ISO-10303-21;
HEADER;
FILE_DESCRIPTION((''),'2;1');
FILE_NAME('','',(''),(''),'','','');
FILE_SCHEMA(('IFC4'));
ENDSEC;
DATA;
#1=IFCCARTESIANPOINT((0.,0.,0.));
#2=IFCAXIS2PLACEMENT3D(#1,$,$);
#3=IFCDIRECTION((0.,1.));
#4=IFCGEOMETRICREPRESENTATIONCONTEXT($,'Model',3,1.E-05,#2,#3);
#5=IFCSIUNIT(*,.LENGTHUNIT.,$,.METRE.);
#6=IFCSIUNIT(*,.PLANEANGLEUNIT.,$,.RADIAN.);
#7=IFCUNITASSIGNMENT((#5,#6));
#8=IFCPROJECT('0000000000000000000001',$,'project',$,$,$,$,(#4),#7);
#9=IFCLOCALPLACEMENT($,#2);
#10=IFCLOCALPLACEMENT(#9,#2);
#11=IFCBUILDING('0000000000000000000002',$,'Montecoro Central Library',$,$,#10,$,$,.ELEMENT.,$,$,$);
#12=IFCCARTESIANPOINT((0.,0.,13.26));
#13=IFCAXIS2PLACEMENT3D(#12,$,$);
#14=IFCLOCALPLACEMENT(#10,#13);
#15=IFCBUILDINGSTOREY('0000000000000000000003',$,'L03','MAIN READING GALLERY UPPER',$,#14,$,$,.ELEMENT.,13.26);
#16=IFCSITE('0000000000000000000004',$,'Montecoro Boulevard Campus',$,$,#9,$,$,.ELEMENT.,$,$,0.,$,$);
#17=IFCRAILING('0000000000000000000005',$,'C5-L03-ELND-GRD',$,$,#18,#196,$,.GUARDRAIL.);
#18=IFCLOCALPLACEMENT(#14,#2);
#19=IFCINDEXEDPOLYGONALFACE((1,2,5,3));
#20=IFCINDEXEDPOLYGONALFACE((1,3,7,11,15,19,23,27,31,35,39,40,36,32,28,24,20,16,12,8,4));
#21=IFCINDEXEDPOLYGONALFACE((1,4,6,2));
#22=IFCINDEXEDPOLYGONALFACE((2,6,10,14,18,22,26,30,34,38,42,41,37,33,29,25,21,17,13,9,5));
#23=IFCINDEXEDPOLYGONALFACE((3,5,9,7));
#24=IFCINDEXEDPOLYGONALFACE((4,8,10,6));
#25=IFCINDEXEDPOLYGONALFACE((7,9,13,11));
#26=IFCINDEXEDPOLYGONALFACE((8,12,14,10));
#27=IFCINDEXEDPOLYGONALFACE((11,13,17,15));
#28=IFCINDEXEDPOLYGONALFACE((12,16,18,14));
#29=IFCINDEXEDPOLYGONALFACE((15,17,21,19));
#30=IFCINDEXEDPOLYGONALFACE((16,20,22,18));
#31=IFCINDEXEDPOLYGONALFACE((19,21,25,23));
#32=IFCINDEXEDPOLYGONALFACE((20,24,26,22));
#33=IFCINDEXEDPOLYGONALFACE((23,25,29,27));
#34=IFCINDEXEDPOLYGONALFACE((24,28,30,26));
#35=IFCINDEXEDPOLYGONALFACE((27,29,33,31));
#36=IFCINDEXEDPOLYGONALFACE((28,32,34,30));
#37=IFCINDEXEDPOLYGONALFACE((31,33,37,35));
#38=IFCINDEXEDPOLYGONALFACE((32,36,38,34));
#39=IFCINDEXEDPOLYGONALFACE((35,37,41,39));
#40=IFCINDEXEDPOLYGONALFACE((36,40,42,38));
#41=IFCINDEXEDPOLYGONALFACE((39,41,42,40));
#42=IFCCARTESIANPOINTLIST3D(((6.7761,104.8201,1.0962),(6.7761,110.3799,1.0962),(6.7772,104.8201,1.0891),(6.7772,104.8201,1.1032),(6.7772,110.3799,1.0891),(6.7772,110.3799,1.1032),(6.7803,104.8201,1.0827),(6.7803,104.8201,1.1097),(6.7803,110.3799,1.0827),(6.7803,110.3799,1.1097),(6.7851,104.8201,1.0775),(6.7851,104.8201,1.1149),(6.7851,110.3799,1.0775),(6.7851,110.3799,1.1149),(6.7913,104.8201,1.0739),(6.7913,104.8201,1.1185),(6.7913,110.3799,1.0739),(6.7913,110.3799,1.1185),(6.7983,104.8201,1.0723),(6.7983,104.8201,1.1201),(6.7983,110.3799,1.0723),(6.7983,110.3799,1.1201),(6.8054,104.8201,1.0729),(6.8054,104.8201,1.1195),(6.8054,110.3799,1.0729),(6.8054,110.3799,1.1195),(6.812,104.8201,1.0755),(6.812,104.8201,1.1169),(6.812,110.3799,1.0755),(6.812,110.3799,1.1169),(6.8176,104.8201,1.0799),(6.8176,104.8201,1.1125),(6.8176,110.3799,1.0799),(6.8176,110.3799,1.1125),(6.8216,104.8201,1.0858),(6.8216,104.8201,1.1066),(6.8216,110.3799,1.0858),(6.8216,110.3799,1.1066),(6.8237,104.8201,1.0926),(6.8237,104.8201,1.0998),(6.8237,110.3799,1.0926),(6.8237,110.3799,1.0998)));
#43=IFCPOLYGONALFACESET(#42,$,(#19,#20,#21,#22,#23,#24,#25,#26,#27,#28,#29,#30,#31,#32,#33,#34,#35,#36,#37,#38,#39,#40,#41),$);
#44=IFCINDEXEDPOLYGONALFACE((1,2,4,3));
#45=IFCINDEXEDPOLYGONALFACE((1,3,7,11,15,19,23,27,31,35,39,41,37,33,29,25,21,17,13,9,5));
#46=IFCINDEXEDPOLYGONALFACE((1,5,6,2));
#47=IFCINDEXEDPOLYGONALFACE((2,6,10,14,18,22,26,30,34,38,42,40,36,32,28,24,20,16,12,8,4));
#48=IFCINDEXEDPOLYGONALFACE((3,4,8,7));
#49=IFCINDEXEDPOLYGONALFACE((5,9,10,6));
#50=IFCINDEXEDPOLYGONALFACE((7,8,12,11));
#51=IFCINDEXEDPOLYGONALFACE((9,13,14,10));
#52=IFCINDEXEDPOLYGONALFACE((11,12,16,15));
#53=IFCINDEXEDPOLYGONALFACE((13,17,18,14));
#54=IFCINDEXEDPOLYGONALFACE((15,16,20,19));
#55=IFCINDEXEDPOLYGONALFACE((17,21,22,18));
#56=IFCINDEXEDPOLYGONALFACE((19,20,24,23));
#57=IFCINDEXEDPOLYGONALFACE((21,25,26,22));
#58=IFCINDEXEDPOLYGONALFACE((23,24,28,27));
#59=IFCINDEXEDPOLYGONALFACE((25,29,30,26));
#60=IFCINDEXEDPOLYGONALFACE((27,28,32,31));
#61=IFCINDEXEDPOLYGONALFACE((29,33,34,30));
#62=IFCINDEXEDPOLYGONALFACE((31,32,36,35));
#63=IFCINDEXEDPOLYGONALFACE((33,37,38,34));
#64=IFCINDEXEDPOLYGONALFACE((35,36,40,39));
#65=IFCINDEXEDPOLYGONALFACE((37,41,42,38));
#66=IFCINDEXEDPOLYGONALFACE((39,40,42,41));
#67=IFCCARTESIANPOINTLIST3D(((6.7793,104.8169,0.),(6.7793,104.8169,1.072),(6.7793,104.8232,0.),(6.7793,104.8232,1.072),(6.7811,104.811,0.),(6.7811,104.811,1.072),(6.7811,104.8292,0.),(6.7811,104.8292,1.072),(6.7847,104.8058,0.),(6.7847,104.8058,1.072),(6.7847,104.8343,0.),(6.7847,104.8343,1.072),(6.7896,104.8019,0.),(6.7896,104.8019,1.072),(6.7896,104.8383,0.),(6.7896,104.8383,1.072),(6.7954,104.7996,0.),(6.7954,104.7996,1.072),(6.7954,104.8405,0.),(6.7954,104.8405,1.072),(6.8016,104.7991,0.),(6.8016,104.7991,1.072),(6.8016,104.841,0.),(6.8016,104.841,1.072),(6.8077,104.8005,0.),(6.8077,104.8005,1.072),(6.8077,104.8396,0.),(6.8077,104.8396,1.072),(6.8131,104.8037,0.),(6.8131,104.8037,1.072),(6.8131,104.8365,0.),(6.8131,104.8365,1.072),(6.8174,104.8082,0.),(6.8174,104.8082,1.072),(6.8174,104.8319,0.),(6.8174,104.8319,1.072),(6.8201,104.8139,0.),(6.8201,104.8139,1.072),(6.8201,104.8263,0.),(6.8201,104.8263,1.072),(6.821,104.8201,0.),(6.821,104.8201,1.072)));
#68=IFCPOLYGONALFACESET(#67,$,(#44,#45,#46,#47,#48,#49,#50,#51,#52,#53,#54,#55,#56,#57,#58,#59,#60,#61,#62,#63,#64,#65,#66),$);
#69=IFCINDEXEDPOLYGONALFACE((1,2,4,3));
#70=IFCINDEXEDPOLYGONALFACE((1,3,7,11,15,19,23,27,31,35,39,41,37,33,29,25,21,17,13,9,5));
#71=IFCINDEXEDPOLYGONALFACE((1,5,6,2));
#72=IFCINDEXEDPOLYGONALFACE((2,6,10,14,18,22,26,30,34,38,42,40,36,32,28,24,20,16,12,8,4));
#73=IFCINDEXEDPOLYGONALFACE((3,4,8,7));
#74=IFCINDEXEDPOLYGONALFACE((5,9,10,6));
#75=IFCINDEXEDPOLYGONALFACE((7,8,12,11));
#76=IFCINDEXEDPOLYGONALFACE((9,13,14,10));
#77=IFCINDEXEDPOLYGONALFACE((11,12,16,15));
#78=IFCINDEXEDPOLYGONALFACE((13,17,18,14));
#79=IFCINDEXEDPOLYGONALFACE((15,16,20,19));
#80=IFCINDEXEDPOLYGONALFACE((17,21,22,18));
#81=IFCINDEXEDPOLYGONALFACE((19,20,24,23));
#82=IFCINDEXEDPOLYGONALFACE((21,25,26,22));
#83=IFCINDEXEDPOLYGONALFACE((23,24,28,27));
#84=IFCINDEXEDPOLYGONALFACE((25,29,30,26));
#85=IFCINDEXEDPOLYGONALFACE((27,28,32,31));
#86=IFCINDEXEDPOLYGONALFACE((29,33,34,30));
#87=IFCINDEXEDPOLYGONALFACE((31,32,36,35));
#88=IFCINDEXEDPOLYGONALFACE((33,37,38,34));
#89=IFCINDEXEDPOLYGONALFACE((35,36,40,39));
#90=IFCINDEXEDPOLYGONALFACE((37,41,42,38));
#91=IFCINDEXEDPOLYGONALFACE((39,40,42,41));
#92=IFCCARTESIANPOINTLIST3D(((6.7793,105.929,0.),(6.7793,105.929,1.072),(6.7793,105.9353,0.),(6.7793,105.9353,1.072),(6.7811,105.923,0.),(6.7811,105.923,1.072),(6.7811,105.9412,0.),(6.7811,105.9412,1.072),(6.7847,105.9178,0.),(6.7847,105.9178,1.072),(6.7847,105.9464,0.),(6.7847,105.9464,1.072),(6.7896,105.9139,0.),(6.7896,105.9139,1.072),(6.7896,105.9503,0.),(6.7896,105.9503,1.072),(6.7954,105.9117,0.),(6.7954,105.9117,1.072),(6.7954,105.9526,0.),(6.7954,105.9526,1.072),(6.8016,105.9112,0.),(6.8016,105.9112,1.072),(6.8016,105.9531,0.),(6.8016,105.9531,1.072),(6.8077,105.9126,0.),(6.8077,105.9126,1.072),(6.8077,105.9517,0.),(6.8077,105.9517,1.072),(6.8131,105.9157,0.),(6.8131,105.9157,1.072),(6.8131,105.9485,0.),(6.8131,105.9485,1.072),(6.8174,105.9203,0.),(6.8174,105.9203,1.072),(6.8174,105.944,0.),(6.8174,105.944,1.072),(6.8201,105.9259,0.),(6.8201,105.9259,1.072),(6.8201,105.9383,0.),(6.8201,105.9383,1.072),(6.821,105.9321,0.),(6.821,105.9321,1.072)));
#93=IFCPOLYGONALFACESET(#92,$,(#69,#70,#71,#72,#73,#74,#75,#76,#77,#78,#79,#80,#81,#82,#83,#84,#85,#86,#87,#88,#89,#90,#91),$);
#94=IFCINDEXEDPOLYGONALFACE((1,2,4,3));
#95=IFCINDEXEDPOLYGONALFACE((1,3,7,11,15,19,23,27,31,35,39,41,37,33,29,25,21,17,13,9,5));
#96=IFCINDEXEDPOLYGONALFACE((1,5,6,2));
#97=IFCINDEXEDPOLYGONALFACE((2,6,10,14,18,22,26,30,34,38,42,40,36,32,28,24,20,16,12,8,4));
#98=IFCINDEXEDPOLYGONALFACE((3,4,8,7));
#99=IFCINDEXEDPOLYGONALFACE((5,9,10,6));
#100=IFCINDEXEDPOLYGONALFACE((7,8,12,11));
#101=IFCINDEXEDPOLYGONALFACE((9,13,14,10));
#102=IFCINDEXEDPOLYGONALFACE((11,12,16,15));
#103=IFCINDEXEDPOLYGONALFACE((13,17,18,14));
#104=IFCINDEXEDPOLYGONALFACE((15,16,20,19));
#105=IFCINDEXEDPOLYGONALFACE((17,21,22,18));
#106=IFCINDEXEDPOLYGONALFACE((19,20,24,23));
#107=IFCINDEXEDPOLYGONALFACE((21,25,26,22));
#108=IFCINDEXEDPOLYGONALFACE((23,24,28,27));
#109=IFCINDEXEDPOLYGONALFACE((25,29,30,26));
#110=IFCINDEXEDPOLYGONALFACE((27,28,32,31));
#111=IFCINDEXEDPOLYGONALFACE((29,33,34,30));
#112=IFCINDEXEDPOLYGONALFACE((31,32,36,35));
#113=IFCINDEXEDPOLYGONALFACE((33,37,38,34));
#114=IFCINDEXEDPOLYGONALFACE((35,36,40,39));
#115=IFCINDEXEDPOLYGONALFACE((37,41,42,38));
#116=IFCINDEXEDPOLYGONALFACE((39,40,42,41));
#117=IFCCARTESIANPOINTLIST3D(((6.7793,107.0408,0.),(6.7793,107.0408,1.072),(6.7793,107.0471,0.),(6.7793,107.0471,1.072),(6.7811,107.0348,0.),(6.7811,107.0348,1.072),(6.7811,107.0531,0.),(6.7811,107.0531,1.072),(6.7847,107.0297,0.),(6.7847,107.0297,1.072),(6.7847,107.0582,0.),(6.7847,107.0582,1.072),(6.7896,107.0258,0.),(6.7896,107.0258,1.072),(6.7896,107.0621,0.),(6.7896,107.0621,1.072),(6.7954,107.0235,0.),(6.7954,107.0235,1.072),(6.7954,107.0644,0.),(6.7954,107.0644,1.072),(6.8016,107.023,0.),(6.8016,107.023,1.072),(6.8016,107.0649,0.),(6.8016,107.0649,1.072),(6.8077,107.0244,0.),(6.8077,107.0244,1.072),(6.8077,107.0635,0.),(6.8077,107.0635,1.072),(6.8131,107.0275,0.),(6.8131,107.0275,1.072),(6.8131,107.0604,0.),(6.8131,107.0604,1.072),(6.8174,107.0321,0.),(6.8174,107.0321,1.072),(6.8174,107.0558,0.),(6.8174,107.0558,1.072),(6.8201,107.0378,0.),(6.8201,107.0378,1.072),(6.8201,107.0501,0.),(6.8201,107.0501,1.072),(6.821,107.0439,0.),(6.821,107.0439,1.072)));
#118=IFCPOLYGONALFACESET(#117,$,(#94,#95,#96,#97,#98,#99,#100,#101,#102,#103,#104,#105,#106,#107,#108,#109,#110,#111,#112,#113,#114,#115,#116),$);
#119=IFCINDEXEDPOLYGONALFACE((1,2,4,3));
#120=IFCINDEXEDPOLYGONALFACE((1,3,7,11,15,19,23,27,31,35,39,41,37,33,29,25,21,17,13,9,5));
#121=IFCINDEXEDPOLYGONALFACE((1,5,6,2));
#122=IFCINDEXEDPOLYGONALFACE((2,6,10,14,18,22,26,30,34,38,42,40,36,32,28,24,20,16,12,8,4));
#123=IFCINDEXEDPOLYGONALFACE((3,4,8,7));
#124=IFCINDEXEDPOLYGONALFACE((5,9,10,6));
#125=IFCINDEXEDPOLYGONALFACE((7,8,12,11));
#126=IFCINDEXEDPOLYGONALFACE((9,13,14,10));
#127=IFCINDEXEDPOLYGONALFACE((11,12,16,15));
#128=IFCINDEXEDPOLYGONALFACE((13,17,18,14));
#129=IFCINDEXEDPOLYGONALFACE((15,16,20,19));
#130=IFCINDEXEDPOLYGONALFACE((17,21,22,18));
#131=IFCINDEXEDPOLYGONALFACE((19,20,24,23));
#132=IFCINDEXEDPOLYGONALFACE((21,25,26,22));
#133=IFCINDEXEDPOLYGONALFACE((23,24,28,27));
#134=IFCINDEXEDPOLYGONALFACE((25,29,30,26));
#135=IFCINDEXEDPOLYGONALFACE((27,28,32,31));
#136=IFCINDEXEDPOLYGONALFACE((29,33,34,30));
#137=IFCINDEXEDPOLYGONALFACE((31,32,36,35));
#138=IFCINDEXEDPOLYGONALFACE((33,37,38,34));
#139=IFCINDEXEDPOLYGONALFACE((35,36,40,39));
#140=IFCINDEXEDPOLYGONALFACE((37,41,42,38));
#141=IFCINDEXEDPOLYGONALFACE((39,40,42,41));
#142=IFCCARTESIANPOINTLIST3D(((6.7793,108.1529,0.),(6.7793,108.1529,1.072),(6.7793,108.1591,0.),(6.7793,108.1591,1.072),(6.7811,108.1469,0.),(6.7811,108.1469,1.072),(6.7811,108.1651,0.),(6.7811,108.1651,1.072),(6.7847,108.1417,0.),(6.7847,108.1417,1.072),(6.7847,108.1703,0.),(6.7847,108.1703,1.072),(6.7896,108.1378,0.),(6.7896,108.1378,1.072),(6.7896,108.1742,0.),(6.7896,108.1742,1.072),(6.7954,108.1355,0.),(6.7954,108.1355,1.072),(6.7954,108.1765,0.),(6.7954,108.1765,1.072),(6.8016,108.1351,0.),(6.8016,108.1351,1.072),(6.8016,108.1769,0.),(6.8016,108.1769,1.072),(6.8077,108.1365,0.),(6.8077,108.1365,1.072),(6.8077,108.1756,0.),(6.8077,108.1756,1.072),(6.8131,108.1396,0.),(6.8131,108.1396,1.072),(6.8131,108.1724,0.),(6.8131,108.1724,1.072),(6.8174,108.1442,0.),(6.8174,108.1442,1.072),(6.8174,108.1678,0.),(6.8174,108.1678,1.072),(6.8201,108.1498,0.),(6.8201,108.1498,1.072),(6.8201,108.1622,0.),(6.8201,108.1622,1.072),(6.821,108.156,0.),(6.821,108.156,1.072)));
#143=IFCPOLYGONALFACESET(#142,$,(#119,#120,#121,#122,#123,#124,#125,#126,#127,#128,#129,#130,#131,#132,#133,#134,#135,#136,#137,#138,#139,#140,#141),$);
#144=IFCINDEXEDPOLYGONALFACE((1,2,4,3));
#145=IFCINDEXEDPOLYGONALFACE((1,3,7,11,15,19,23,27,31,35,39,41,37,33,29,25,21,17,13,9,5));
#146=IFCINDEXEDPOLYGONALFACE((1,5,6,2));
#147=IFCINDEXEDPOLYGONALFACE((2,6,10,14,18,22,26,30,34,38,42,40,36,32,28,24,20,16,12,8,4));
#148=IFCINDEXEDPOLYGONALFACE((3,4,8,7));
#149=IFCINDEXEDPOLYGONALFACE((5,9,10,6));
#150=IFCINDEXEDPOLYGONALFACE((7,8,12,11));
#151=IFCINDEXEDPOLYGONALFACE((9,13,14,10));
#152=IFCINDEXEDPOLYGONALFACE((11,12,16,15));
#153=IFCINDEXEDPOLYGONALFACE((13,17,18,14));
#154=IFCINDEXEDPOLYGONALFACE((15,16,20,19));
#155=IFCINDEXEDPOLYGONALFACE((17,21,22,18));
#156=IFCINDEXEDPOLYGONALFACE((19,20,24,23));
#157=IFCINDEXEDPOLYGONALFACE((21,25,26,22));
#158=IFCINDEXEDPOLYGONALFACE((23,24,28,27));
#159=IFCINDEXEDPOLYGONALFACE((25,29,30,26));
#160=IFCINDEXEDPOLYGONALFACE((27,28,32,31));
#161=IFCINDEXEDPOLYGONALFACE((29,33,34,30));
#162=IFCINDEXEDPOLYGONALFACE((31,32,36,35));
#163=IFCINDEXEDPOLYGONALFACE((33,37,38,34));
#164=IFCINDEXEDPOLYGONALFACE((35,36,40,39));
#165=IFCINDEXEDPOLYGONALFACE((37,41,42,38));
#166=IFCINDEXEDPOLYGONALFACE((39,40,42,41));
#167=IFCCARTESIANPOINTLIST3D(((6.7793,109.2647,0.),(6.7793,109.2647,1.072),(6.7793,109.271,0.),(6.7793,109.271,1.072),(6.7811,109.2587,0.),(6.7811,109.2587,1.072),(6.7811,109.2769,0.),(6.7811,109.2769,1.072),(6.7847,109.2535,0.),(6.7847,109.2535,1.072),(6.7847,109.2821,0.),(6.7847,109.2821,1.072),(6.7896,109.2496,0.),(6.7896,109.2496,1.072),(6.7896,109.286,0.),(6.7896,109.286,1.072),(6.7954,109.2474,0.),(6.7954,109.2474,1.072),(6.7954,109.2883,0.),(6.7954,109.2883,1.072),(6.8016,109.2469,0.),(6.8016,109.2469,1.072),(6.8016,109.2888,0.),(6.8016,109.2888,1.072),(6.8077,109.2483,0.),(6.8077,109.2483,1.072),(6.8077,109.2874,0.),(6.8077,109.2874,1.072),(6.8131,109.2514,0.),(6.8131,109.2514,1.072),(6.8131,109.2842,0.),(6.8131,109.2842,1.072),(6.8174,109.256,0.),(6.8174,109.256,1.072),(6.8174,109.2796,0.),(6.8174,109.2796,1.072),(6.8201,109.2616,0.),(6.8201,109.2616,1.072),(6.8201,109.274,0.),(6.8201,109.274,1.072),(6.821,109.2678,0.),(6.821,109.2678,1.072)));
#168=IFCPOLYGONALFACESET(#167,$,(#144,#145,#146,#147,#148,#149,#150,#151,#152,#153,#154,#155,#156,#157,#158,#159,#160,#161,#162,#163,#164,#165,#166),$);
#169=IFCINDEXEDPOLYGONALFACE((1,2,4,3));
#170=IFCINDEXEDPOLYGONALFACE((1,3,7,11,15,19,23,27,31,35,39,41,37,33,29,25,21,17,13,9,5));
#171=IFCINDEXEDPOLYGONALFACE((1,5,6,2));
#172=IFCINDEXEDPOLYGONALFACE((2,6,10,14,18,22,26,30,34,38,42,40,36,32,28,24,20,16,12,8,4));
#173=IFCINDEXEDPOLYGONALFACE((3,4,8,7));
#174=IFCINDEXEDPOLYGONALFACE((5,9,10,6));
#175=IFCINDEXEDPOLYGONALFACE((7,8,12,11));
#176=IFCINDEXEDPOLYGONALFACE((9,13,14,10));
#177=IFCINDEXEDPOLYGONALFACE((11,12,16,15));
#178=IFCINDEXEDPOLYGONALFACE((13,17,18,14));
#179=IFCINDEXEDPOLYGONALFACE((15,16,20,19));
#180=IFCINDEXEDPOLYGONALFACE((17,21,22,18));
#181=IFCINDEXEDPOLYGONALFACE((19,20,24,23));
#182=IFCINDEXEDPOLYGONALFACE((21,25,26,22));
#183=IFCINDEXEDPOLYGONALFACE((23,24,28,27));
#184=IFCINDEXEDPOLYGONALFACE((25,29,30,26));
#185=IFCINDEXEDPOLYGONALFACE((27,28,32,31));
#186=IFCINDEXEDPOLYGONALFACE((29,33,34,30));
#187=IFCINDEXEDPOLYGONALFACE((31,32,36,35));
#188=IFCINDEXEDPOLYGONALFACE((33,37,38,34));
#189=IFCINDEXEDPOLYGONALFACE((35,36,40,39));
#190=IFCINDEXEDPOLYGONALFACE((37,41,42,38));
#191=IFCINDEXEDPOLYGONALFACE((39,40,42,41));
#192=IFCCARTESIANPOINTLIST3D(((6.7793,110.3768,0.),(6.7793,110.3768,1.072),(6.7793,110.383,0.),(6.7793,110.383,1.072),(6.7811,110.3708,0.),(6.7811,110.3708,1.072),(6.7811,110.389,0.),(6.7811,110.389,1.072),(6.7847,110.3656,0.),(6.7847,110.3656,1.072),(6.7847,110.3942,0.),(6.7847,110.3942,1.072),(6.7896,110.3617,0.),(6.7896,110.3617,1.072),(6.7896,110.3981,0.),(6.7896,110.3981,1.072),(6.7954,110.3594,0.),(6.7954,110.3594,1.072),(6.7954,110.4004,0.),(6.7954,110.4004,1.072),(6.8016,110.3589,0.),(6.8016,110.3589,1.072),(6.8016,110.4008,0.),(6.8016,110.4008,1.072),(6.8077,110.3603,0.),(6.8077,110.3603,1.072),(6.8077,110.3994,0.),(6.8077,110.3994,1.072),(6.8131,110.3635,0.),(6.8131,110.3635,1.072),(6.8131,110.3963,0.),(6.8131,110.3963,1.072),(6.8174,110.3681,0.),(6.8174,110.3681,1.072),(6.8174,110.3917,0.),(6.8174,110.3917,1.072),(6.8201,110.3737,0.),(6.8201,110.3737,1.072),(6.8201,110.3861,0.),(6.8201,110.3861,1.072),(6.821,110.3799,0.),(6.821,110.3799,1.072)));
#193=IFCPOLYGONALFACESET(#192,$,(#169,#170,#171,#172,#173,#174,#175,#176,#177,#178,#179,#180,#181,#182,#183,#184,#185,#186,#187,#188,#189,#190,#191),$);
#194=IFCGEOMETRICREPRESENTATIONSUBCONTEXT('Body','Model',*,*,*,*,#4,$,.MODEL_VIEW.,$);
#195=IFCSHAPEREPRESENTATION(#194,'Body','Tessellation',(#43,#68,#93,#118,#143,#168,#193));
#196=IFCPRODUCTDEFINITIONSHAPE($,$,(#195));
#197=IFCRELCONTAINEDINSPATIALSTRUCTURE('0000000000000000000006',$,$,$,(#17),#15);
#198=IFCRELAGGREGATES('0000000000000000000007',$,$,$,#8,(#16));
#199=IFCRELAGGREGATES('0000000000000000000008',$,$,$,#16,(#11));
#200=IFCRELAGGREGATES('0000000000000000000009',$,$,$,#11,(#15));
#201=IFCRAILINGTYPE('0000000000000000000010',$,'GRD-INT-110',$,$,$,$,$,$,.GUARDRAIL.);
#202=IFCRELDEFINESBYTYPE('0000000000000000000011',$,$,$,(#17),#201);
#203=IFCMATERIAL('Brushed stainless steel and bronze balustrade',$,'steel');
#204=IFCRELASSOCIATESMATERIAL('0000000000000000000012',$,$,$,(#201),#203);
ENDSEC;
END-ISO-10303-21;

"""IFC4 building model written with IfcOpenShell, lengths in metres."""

from ifc_helpers import new_model, si_unit, direction, frame, origin, origin_2d, place, context, subcontext, project, spatial, circle, extrude, material, type_object, element, save


model = new_model("IFC4")

# Units and contexts
model_context = context("Model", 3, precision=1e-05, world=origin(), true_north=direction((0.0, 1.0)))
body_context = subcontext(model_context, "Body", "Model", "MODEL_VIEW")
ifc_project = project(units=[si_unit("LENGTHUNIT", "METRE"), si_unit("PLANEANGLEUNIT", "RADIAN")], contexts=[model_context])

# Site, building, storey
site_placement = place(None, origin())
site = spatial("IfcSite", under=ifc_project, at=site_placement, Name="Montecoro Boulevard Campus", CompositionType="ELEMENT", RefElevation=0.0)
building_placement = place(site_placement, origin())
building = spatial("IfcBuilding", under=site, at=building_placement, Name="Montecoro Central Library", CompositionType="ELEMENT")
storey_placement = place(building_placement, frame((0.0, 0.0, 13.26)))
storey = spatial("IfcBuildingStorey", under=building, at=storey_placement, Name="L03", Description="MAIN READING GALLERY UPPER", CompositionType="ELEMENT", Elevation=13.26)

# Railing
ifc_material_1 = material(Name="Brushed stainless steel and bronze balustrade", Category="steel")
railing_type = type_object("IfcRailingType", Name="GRD-INT-110", PredefinedType="GUARDRAIL", material=ifc_material_1)
railing_placement = place(storey_placement, frame((6.8, 104.8201, 0.0)))
element("IfcRailing", 1, at=railing_placement, inside=storey, type_object=railing_type, Name="C5-L03-ELND-GRD", PredefinedType="GUARDRAIL", context=body_context, shape_type="SweptSolid", body=[
    extrude(circle(Radius=0.0239, at=origin_2d()), frame((0.0, 0.0, 1.0962), z_axis=(0.0, 1.0, 0.0), x_axis=(-1.0, 0.0, 0.0)), (0.0, 0.0, 1.0), 5.5598),
    extrude(circle(Radius=0.021, at=origin_2d()), origin(), (0.0, 0.0, 1.0), 1.072),
    extrude(circle(Radius=0.021, at=origin_2d()), frame((0.0, 1.1121, 0.0)), (0.0, 0.0, 1.0), 1.072),
    extrude(circle(Radius=0.021, at=origin_2d()), frame((0.0, 2.2239, 0.0)), (0.0, 0.0, 1.0), 1.072),
    extrude(circle(Radius=0.021, at=origin_2d()), frame((0.0, 3.3359, 0.0)), (0.0, 0.0, 1.0), 1.072),
    extrude(circle(Radius=0.021, at=origin_2d()), frame((0.0, 4.4478, 0.0)), (0.0, 0.0, 1.0), 1.072),
    extrude(circle(Radius=0.021, at=origin_2d()), frame((0.0, 5.5598, 0.0)), (0.0, 0.0, 1.0), 1.072),
])

save(model, "model.ifc")
